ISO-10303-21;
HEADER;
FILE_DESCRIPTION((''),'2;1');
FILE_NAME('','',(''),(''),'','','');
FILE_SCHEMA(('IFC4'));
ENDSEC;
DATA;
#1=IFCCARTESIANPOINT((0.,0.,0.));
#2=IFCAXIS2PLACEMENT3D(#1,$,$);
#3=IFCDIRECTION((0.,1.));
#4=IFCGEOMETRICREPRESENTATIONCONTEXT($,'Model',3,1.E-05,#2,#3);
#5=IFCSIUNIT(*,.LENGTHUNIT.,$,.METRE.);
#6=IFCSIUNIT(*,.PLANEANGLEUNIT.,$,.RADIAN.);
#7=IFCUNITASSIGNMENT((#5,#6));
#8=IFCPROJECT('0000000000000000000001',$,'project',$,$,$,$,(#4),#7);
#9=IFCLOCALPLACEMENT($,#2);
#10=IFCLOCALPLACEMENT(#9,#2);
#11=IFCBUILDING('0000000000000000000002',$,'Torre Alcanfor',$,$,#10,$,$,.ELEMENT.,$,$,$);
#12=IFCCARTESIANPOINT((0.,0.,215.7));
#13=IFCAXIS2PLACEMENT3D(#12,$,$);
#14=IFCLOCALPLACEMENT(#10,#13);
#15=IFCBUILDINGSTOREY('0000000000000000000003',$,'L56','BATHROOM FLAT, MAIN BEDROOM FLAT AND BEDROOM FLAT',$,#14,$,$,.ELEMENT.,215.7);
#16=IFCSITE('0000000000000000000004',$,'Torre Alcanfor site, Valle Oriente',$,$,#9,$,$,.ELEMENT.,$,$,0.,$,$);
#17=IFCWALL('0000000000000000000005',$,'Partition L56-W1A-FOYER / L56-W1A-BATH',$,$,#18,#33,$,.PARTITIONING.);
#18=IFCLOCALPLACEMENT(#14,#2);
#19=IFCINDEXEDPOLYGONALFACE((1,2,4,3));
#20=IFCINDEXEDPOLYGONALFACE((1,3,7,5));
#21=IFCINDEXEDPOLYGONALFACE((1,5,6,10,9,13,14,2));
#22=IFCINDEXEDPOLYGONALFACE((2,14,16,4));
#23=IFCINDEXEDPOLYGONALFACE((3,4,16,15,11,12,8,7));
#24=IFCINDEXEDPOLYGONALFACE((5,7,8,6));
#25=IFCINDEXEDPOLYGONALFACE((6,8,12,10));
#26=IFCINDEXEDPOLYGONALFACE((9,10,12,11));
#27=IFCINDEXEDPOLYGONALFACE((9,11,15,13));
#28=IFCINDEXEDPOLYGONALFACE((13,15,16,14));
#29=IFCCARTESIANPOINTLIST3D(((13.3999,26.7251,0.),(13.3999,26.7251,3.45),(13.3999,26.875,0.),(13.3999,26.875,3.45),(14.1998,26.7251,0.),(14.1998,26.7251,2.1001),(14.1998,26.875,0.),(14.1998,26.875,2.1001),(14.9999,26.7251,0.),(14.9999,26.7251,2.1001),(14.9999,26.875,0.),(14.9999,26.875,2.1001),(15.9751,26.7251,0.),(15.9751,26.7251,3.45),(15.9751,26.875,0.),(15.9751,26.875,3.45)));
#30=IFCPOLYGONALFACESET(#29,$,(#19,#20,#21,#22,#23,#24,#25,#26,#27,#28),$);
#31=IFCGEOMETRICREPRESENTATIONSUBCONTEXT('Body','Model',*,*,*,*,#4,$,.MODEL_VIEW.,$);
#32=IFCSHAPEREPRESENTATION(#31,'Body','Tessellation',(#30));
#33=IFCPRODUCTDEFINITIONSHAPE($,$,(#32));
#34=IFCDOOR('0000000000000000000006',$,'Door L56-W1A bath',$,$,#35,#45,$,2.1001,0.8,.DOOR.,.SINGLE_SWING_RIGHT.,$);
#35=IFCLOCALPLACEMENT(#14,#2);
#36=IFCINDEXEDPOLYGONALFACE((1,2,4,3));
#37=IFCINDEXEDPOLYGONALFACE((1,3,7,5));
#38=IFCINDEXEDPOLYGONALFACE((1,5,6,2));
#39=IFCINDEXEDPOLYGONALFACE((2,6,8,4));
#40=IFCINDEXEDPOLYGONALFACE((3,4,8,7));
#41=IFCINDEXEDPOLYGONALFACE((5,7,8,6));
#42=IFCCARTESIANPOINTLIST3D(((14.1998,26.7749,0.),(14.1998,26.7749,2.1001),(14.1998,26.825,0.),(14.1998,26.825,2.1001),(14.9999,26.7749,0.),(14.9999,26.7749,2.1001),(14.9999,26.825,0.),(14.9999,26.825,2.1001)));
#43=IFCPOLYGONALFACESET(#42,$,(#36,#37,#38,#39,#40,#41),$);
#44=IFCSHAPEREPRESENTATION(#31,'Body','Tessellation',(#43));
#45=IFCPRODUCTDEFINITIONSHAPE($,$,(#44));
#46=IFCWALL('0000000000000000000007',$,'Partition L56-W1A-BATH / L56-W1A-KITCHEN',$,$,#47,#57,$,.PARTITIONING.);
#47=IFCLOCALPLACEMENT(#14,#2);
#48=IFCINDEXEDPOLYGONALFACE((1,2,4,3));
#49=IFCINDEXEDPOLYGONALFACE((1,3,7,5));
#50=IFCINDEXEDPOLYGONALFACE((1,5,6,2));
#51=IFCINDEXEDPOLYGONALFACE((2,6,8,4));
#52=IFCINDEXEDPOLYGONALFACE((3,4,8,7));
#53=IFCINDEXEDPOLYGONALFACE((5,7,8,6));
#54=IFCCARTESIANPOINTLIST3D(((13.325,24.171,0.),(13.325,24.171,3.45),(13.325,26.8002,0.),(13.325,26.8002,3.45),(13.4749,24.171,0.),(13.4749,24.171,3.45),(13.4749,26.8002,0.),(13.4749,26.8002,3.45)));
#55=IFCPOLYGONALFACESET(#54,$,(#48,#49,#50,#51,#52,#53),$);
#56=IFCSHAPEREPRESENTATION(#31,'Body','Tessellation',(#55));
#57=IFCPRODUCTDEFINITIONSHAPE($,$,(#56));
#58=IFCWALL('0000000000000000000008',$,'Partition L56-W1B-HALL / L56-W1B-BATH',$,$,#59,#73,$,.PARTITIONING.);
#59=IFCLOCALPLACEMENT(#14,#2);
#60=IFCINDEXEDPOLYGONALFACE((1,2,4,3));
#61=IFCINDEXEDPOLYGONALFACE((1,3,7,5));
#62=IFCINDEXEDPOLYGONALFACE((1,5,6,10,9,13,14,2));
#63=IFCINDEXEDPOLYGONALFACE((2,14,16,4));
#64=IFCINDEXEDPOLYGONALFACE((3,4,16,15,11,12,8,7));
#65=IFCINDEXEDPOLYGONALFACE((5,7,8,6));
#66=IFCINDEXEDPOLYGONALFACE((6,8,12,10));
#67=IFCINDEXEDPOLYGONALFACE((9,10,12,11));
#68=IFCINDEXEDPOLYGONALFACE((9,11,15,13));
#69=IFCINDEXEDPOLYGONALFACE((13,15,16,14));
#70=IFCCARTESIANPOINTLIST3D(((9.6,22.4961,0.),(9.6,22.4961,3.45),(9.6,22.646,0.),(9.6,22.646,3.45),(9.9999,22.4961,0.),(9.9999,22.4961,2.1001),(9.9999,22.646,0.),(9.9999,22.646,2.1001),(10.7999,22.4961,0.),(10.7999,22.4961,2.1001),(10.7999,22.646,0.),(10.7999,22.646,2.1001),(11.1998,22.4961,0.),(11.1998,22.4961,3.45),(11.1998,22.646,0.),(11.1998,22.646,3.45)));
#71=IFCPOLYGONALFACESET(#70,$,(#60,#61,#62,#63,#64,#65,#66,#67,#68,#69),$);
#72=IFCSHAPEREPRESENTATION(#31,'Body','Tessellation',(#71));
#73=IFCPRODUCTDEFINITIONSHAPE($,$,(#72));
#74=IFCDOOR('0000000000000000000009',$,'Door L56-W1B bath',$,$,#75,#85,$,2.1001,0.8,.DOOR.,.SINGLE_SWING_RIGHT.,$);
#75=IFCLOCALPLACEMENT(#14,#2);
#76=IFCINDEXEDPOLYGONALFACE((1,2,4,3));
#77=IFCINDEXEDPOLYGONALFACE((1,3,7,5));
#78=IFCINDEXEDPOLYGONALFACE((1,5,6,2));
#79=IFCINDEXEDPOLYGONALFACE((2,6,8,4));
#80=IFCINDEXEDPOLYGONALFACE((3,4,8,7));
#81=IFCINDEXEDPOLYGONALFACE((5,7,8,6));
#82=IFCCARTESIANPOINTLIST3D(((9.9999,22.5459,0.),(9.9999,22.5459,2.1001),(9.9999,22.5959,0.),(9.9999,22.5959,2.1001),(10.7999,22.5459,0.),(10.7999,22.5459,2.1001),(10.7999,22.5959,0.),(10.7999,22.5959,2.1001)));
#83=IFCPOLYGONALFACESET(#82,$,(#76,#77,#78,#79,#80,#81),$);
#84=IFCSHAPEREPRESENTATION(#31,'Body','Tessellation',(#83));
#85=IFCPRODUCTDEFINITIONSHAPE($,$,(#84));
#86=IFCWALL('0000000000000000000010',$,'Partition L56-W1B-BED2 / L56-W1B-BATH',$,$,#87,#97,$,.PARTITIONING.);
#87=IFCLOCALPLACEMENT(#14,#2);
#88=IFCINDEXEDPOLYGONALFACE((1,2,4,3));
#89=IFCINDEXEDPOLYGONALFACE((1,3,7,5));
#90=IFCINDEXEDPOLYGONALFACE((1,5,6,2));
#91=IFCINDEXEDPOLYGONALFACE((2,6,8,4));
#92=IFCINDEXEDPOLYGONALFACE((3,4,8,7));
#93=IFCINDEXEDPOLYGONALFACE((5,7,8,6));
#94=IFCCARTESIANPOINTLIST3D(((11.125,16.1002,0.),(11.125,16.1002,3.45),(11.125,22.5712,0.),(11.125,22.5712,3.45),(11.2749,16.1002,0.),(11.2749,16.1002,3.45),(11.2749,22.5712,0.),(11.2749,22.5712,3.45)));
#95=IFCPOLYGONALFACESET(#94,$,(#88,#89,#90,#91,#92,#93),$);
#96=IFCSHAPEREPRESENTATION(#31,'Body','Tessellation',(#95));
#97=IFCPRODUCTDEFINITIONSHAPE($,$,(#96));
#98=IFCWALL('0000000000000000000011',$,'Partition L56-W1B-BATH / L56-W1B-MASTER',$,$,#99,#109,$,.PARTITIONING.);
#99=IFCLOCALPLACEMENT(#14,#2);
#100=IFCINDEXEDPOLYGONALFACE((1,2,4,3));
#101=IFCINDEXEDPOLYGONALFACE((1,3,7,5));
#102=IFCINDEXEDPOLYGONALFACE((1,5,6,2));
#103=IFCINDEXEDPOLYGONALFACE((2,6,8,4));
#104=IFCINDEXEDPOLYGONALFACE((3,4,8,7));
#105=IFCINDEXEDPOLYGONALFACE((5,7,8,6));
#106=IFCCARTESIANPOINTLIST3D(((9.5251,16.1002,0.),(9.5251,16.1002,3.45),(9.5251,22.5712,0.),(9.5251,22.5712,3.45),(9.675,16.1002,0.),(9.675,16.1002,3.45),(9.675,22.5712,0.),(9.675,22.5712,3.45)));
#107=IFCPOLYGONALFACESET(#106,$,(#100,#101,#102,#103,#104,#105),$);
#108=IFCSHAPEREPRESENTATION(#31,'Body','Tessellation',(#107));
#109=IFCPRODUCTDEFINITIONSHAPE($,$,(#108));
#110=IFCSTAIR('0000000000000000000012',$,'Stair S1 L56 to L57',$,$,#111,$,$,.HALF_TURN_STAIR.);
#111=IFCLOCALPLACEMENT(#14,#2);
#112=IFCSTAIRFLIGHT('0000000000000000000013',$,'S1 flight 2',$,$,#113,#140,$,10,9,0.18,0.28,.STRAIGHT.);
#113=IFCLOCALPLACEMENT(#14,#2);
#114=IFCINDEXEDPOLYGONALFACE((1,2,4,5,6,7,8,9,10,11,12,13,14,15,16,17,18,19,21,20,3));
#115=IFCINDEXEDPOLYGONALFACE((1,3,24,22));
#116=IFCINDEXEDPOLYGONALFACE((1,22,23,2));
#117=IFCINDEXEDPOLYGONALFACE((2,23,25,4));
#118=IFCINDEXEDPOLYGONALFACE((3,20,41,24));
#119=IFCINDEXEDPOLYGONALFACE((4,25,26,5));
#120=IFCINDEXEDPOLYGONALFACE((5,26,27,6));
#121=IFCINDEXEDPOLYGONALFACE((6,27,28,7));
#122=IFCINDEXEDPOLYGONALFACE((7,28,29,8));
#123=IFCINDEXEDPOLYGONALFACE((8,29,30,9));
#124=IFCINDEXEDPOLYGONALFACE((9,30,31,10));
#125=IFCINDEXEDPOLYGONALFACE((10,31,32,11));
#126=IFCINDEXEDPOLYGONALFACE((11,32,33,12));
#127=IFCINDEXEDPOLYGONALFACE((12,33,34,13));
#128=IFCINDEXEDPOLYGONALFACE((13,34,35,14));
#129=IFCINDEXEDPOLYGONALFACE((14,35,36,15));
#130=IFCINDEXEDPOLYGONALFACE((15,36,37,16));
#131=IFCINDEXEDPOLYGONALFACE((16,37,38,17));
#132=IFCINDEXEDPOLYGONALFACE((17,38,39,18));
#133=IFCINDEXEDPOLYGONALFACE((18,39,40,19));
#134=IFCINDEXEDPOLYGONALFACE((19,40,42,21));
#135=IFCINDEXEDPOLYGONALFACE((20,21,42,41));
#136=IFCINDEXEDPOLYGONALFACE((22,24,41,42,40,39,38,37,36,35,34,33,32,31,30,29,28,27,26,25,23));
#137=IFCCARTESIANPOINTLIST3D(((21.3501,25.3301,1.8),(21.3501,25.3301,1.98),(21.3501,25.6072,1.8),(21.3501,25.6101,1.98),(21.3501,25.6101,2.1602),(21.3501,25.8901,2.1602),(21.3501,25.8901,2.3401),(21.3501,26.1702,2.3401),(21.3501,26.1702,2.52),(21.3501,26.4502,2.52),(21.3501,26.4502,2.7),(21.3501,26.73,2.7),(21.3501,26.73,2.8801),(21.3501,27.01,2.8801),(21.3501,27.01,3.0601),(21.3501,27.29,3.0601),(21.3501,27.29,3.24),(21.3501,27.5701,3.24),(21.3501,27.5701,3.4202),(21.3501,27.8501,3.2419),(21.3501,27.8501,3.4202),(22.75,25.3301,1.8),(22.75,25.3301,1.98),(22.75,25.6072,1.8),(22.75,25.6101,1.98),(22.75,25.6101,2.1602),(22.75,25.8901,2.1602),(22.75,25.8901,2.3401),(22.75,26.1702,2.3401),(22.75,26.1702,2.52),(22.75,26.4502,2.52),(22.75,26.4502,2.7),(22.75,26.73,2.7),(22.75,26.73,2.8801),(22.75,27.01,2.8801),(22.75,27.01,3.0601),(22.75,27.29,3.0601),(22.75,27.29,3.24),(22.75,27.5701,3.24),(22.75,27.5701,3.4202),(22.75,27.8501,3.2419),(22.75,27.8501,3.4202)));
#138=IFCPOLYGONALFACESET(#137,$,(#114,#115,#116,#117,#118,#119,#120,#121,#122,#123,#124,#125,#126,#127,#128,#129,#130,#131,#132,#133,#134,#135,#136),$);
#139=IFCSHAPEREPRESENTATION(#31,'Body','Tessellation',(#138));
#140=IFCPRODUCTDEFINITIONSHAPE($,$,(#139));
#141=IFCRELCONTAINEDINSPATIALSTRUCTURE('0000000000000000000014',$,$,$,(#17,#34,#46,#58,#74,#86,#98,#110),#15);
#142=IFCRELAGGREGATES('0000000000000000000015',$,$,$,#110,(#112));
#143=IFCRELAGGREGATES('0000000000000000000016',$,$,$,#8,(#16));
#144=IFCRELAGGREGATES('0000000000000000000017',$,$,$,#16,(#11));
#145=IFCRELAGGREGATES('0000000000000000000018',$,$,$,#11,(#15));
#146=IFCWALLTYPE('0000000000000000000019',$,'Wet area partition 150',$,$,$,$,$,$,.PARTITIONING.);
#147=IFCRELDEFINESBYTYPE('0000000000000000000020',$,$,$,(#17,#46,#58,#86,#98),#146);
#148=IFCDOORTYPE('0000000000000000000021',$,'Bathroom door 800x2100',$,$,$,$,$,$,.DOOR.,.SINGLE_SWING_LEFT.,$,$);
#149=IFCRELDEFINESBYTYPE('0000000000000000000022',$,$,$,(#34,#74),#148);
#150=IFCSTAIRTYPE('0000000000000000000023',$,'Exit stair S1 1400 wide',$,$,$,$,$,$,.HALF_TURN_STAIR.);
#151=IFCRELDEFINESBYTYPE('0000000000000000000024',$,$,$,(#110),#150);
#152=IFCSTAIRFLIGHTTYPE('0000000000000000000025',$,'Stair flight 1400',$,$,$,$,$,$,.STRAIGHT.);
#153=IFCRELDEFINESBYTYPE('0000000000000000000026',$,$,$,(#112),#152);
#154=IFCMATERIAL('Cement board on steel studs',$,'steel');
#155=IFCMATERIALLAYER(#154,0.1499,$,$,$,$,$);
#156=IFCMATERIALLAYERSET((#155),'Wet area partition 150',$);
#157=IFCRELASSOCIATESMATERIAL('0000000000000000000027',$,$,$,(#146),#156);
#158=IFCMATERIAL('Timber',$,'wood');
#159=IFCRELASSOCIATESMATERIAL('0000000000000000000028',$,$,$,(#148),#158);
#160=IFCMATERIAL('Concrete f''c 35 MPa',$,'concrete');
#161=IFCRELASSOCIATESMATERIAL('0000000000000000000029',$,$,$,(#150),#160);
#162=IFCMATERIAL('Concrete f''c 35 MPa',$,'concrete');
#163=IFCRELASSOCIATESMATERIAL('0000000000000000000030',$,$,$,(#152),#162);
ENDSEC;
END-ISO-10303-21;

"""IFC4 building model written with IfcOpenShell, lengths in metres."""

from ifc_helpers import new_model, si_unit, direction, frame, frame_2d, origin, place, context, subcontext, project, spatial, polyline, rectangle, outline, extrude, material, layer, layer_set, type_object, element, fill, aggregate, save


model = new_model("IFC4")

# Units and contexts
model_context = context("Model", 3, precision=1e-05, world=origin(), true_north=direction((0.0, 1.0)))
body_context = subcontext(model_context, "Body", "Model", "MODEL_VIEW")
ifc_project = project(units=[si_unit("LENGTHUNIT", "METRE"), si_unit("PLANEANGLEUNIT", "RADIAN")], contexts=[model_context])

# Site, building, storey
site_placement = place(None, origin())
site = spatial("IfcSite", under=ifc_project, at=site_placement, Name="Torre Alcanfor site, Valle Oriente", CompositionType="ELEMENT", RefElevation=0.0)
building_placement = place(site_placement, origin())
building = spatial("IfcBuilding", under=site, at=building_placement, Name="Torre Alcanfor", CompositionType="ELEMENT")
storey_placement = place(building_placement, frame((0.0, 0.0, 215.7)))
storey = spatial("IfcBuildingStorey", under=building, at=storey_placement, Name="L56", Description="BATHROOM FLAT, MAIN BEDROOM FLAT AND BEDROOM FLAT", CompositionType="ELEMENT", Elevation=215.7)

# Wall, opening, door
ifc_material_1 = material(Name="Cement board on steel studs", Category="steel")
ifc_layer_1 = layer(ifc_material_1, 0.1499)
ifc_layer_set_1 = layer_set([ifc_layer_1], Name="Wet area partition 150")
wall_type_1 = type_object("IfcWallType", Name="Wet area partition 150", PredefinedType="PARTITIONING", material=ifc_layer_set_1)
wall_1_placement = place(storey_placement, frame((13.3999, 26.8, 0.0), z_axis=(0.0, 0.0, 1.0), x_axis=(1.0, 0.0, 0.0)))
wall_1 = element("IfcWall", 1, at=wall_1_placement, inside=storey, type_object=wall_type_1, Name="Partition L56-W1A-FOYER / L56-W1A-BATH", PredefinedType="PARTITIONING", context=body_context, shape_type="SweptSolid", body=[
    extrude(rectangle(XDim=2.5752, YDim=0.1499, at=frame_2d((1.2876, 0.0))), origin(), (0.0, 0.0, 1.0), 3.45),
])
opening_1_placement = place(wall_1_placement, frame((0.8, 0.0, 0.0)))
opening_1 = element("IfcOpeningElement", 2, at=opening_1_placement, cuts=wall_1, PredefinedType="OPENING", context=body_context, shape_type="SweptSolid", body=[
    extrude(rectangle(XDim=0.8, YDim=2.1001, at=frame_2d((0.3999, 1.05))), frame((0.0, 0.085, 0.0), z_axis=(0.0, -1.0, 0.0), x_axis=(1.0, 0.0, 0.0)), (0.0, 0.0, 1.0), 0.1699),
])
ifc_material_2 = material(Name="Timber", Category="wood")
door_type_1 = type_object("IfcDoorType", Name="Bathroom door 800x2100", OperationType="SINGLE_SWING_LEFT", PredefinedType="DOOR", material=ifc_material_2)
door_1_placement = place(opening_1_placement, frame((0.8, 0.0, 0.0), z_axis=(0.0, 0.0, 1.0), x_axis=(-1.0, 0.0, 0.0)))
door_1 = element("IfcDoor", 3, at=door_1_placement, inside=storey, type_object=door_type_1, Name="Door L56-W1A bath", OperationType="SINGLE_SWING_RIGHT", OverallHeight=2.1001, OverallWidth=0.8, PredefinedType="DOOR", context=body_context, shape_type="SweptSolid", body=[
    extrude(rectangle(XDim=0.8, YDim=2.1001, at=frame_2d((0.4001, 1.05))), frame((0.0, 0.0251, 0.0), z_axis=(0.0, -1.0, 0.0), x_axis=(1.0, 0.0, 0.0)), (0.0, 0.0, 1.0), 0.05),
])
fill(opening_1, door_1)

# Wall
wall_2_placement = place(storey_placement, frame((13.3999, 26.8, 0.0), z_axis=(0.0, 0.0, 1.0), x_axis=(0.0, -1.0, 0.0)))
element("IfcWall", 4, at=wall_2_placement, inside=storey, type_object=wall_type_1, Name="Partition L56-W1A-BATH / L56-W1A-KITCHEN", PredefinedType="PARTITIONING", context=body_context, shape_type="SweptSolid", body=[
    extrude(rectangle(XDim=2.6292, YDim=0.1499, at=frame_2d((1.3145, 0.0))), origin(), (0.0, 0.0, 1.0), 3.45),
])

# Wall, opening, door
wall_3_placement = place(storey_placement, frame((9.6001, 22.571, 0.0), z_axis=(0.0, 0.0, 1.0), x_axis=(1.0, 0.0, 0.0)))
wall_3 = element("IfcWall", 5, at=wall_3_placement, inside=storey, type_object=wall_type_1, Name="Partition L56-W1B-HALL / L56-W1B-BATH", PredefinedType="PARTITIONING", context=body_context, shape_type="SweptSolid", body=[
    extrude(rectangle(XDim=1.5999, YDim=0.1499, at=frame_2d((0.7998, 0.0))), origin(), (0.0, 0.0, 1.0), 3.45),
])
opening_2_placement = place(wall_3_placement, frame((0.3999, 0.0, 0.0)))
opening_2 = element("IfcOpeningElement", 6, at=opening_2_placement, cuts=wall_3, PredefinedType="OPENING", context=body_context, shape_type="SweptSolid", body=[
    extrude(rectangle(XDim=0.8, YDim=2.1001, at=frame_2d((0.3999, 1.05))), frame((0.0, 0.085, 0.0), z_axis=(0.0, -1.0, 0.0), x_axis=(1.0, 0.0, 0.0)), (0.0, 0.0, 1.0), 0.1699),
])
door_2_placement = place(opening_2_placement, frame((0.8, 0.0, 0.0), z_axis=(0.0, 0.0, 1.0), x_axis=(-1.0, 0.0, 0.0)))
door_2 = element("IfcDoor", 7, at=door_2_placement, inside=storey, type_object=door_type_1, Name="Door L56-W1B bath", OperationType="SINGLE_SWING_RIGHT", OverallHeight=2.1001, OverallWidth=0.8, PredefinedType="DOOR", context=body_context, shape_type="SweptSolid", body=[
    extrude(rectangle(XDim=0.8, YDim=2.1001, at=frame_2d((0.4001, 1.05))), frame((0.0, 0.0251, 0.0), z_axis=(0.0, -1.0, 0.0), x_axis=(1.0, 0.0, 0.0)), (0.0, 0.0, 1.0), 0.05),
])
fill(opening_2, door_2)

# Walls
for number, where, z_axis, x_axis, name in (
    (8, (11.2, 22.571, 0.0), (0.0, 0.0, 1.0), (0.0, -1.0, 0.0), "Partition L56-W1B-BED2 / L56-W1B-BATH"),
    (9, (9.6001, 22.571, 0.0), (0.0, 0.0, 1.0), (0.0, -1.0, 0.0), "Partition L56-W1B-BATH / L56-W1B-MASTER"),
):
    element("IfcWall", number, at=place(storey_placement, frame(where, z_axis=z_axis, x_axis=x_axis)), inside=storey, type_object=wall_type_1, Name=name, PredefinedType="PARTITIONING", context=body_context, shape_type="SweptSolid", body=[
        extrude(rectangle(XDim=6.4709, YDim=0.1499, at=frame_2d((3.2354, 0.0))), origin(), (0.0, 0.0, 1.0), 3.45),
    ])

# Stair, stair flight
ifc_material_3 = material(Name="Concrete f'c 35 MPa", Category="concrete")
stair_type = type_object("IfcStairType", Name="Exit stair S1 1400 wide", PredefinedType="HALF_TURN_STAIR", material=ifc_material_3)
stair_placement = place(storey_placement, origin())
stair = element("IfcStair", 10, at=stair_placement, inside=storey, type_object=stair_type, Name="Stair S1 L56 to L57", PredefinedType="HALF_TURN_STAIR")
ifc_material_4 = material(Name="Concrete f'c 35 MPa", Category="concrete")
stair_flight_type = type_object("IfcStairFlightType", Name="Stair flight 1400", PredefinedType="STRAIGHT", material=ifc_material_4)
stair_flight_placement = place(storey_placement, frame((22.05, 25.3301, 1.8), z_axis=(0.0, 0.0, 1.0), x_axis=(0.0, 1.0, 0.0)))
stair_flight = element("IfcStairFlight", 11, at=stair_flight_placement, type_object=stair_flight_type, Name="S1 flight 2", NumberOfRisers=10, NumberOfTreads=9, PredefinedType="STRAIGHT", RiserHeight=0.18, TreadLength=0.28, context=body_context, shape_type="SweptSolid", body=[
    extrude(outline(polyline([(0.0, 0.0), (0.0, 0.1799), (0.28, 0.1799), (0.28, 0.3601), (0.5601, 0.3601), (0.5601, 0.54), (0.8401, 0.54), (0.8401, 0.72), (1.1201, 0.72), (1.1201, 0.8999), (1.3999, 0.8999), (1.3999, 1.0801), (1.6799, 1.0801), (1.6799, 1.26), (1.96, 1.26), (1.96, 1.4399), (2.24, 1.4399), (2.24, 1.6201), (2.52, 1.6201), (2.52, 1.8), (2.52, 1.4419), (0.2771, 0.0), (0.0, 0.0)])), frame((0.0, 0.7, 0.0), z_axis=(0.0, -1.0, 0.0), x_axis=(1.0, 0.0, 0.0)), (0.0, 0.0, 1.0), 1.3999),
])
aggregate(stair, [stair_flight])

save(model, "model.ifc")
